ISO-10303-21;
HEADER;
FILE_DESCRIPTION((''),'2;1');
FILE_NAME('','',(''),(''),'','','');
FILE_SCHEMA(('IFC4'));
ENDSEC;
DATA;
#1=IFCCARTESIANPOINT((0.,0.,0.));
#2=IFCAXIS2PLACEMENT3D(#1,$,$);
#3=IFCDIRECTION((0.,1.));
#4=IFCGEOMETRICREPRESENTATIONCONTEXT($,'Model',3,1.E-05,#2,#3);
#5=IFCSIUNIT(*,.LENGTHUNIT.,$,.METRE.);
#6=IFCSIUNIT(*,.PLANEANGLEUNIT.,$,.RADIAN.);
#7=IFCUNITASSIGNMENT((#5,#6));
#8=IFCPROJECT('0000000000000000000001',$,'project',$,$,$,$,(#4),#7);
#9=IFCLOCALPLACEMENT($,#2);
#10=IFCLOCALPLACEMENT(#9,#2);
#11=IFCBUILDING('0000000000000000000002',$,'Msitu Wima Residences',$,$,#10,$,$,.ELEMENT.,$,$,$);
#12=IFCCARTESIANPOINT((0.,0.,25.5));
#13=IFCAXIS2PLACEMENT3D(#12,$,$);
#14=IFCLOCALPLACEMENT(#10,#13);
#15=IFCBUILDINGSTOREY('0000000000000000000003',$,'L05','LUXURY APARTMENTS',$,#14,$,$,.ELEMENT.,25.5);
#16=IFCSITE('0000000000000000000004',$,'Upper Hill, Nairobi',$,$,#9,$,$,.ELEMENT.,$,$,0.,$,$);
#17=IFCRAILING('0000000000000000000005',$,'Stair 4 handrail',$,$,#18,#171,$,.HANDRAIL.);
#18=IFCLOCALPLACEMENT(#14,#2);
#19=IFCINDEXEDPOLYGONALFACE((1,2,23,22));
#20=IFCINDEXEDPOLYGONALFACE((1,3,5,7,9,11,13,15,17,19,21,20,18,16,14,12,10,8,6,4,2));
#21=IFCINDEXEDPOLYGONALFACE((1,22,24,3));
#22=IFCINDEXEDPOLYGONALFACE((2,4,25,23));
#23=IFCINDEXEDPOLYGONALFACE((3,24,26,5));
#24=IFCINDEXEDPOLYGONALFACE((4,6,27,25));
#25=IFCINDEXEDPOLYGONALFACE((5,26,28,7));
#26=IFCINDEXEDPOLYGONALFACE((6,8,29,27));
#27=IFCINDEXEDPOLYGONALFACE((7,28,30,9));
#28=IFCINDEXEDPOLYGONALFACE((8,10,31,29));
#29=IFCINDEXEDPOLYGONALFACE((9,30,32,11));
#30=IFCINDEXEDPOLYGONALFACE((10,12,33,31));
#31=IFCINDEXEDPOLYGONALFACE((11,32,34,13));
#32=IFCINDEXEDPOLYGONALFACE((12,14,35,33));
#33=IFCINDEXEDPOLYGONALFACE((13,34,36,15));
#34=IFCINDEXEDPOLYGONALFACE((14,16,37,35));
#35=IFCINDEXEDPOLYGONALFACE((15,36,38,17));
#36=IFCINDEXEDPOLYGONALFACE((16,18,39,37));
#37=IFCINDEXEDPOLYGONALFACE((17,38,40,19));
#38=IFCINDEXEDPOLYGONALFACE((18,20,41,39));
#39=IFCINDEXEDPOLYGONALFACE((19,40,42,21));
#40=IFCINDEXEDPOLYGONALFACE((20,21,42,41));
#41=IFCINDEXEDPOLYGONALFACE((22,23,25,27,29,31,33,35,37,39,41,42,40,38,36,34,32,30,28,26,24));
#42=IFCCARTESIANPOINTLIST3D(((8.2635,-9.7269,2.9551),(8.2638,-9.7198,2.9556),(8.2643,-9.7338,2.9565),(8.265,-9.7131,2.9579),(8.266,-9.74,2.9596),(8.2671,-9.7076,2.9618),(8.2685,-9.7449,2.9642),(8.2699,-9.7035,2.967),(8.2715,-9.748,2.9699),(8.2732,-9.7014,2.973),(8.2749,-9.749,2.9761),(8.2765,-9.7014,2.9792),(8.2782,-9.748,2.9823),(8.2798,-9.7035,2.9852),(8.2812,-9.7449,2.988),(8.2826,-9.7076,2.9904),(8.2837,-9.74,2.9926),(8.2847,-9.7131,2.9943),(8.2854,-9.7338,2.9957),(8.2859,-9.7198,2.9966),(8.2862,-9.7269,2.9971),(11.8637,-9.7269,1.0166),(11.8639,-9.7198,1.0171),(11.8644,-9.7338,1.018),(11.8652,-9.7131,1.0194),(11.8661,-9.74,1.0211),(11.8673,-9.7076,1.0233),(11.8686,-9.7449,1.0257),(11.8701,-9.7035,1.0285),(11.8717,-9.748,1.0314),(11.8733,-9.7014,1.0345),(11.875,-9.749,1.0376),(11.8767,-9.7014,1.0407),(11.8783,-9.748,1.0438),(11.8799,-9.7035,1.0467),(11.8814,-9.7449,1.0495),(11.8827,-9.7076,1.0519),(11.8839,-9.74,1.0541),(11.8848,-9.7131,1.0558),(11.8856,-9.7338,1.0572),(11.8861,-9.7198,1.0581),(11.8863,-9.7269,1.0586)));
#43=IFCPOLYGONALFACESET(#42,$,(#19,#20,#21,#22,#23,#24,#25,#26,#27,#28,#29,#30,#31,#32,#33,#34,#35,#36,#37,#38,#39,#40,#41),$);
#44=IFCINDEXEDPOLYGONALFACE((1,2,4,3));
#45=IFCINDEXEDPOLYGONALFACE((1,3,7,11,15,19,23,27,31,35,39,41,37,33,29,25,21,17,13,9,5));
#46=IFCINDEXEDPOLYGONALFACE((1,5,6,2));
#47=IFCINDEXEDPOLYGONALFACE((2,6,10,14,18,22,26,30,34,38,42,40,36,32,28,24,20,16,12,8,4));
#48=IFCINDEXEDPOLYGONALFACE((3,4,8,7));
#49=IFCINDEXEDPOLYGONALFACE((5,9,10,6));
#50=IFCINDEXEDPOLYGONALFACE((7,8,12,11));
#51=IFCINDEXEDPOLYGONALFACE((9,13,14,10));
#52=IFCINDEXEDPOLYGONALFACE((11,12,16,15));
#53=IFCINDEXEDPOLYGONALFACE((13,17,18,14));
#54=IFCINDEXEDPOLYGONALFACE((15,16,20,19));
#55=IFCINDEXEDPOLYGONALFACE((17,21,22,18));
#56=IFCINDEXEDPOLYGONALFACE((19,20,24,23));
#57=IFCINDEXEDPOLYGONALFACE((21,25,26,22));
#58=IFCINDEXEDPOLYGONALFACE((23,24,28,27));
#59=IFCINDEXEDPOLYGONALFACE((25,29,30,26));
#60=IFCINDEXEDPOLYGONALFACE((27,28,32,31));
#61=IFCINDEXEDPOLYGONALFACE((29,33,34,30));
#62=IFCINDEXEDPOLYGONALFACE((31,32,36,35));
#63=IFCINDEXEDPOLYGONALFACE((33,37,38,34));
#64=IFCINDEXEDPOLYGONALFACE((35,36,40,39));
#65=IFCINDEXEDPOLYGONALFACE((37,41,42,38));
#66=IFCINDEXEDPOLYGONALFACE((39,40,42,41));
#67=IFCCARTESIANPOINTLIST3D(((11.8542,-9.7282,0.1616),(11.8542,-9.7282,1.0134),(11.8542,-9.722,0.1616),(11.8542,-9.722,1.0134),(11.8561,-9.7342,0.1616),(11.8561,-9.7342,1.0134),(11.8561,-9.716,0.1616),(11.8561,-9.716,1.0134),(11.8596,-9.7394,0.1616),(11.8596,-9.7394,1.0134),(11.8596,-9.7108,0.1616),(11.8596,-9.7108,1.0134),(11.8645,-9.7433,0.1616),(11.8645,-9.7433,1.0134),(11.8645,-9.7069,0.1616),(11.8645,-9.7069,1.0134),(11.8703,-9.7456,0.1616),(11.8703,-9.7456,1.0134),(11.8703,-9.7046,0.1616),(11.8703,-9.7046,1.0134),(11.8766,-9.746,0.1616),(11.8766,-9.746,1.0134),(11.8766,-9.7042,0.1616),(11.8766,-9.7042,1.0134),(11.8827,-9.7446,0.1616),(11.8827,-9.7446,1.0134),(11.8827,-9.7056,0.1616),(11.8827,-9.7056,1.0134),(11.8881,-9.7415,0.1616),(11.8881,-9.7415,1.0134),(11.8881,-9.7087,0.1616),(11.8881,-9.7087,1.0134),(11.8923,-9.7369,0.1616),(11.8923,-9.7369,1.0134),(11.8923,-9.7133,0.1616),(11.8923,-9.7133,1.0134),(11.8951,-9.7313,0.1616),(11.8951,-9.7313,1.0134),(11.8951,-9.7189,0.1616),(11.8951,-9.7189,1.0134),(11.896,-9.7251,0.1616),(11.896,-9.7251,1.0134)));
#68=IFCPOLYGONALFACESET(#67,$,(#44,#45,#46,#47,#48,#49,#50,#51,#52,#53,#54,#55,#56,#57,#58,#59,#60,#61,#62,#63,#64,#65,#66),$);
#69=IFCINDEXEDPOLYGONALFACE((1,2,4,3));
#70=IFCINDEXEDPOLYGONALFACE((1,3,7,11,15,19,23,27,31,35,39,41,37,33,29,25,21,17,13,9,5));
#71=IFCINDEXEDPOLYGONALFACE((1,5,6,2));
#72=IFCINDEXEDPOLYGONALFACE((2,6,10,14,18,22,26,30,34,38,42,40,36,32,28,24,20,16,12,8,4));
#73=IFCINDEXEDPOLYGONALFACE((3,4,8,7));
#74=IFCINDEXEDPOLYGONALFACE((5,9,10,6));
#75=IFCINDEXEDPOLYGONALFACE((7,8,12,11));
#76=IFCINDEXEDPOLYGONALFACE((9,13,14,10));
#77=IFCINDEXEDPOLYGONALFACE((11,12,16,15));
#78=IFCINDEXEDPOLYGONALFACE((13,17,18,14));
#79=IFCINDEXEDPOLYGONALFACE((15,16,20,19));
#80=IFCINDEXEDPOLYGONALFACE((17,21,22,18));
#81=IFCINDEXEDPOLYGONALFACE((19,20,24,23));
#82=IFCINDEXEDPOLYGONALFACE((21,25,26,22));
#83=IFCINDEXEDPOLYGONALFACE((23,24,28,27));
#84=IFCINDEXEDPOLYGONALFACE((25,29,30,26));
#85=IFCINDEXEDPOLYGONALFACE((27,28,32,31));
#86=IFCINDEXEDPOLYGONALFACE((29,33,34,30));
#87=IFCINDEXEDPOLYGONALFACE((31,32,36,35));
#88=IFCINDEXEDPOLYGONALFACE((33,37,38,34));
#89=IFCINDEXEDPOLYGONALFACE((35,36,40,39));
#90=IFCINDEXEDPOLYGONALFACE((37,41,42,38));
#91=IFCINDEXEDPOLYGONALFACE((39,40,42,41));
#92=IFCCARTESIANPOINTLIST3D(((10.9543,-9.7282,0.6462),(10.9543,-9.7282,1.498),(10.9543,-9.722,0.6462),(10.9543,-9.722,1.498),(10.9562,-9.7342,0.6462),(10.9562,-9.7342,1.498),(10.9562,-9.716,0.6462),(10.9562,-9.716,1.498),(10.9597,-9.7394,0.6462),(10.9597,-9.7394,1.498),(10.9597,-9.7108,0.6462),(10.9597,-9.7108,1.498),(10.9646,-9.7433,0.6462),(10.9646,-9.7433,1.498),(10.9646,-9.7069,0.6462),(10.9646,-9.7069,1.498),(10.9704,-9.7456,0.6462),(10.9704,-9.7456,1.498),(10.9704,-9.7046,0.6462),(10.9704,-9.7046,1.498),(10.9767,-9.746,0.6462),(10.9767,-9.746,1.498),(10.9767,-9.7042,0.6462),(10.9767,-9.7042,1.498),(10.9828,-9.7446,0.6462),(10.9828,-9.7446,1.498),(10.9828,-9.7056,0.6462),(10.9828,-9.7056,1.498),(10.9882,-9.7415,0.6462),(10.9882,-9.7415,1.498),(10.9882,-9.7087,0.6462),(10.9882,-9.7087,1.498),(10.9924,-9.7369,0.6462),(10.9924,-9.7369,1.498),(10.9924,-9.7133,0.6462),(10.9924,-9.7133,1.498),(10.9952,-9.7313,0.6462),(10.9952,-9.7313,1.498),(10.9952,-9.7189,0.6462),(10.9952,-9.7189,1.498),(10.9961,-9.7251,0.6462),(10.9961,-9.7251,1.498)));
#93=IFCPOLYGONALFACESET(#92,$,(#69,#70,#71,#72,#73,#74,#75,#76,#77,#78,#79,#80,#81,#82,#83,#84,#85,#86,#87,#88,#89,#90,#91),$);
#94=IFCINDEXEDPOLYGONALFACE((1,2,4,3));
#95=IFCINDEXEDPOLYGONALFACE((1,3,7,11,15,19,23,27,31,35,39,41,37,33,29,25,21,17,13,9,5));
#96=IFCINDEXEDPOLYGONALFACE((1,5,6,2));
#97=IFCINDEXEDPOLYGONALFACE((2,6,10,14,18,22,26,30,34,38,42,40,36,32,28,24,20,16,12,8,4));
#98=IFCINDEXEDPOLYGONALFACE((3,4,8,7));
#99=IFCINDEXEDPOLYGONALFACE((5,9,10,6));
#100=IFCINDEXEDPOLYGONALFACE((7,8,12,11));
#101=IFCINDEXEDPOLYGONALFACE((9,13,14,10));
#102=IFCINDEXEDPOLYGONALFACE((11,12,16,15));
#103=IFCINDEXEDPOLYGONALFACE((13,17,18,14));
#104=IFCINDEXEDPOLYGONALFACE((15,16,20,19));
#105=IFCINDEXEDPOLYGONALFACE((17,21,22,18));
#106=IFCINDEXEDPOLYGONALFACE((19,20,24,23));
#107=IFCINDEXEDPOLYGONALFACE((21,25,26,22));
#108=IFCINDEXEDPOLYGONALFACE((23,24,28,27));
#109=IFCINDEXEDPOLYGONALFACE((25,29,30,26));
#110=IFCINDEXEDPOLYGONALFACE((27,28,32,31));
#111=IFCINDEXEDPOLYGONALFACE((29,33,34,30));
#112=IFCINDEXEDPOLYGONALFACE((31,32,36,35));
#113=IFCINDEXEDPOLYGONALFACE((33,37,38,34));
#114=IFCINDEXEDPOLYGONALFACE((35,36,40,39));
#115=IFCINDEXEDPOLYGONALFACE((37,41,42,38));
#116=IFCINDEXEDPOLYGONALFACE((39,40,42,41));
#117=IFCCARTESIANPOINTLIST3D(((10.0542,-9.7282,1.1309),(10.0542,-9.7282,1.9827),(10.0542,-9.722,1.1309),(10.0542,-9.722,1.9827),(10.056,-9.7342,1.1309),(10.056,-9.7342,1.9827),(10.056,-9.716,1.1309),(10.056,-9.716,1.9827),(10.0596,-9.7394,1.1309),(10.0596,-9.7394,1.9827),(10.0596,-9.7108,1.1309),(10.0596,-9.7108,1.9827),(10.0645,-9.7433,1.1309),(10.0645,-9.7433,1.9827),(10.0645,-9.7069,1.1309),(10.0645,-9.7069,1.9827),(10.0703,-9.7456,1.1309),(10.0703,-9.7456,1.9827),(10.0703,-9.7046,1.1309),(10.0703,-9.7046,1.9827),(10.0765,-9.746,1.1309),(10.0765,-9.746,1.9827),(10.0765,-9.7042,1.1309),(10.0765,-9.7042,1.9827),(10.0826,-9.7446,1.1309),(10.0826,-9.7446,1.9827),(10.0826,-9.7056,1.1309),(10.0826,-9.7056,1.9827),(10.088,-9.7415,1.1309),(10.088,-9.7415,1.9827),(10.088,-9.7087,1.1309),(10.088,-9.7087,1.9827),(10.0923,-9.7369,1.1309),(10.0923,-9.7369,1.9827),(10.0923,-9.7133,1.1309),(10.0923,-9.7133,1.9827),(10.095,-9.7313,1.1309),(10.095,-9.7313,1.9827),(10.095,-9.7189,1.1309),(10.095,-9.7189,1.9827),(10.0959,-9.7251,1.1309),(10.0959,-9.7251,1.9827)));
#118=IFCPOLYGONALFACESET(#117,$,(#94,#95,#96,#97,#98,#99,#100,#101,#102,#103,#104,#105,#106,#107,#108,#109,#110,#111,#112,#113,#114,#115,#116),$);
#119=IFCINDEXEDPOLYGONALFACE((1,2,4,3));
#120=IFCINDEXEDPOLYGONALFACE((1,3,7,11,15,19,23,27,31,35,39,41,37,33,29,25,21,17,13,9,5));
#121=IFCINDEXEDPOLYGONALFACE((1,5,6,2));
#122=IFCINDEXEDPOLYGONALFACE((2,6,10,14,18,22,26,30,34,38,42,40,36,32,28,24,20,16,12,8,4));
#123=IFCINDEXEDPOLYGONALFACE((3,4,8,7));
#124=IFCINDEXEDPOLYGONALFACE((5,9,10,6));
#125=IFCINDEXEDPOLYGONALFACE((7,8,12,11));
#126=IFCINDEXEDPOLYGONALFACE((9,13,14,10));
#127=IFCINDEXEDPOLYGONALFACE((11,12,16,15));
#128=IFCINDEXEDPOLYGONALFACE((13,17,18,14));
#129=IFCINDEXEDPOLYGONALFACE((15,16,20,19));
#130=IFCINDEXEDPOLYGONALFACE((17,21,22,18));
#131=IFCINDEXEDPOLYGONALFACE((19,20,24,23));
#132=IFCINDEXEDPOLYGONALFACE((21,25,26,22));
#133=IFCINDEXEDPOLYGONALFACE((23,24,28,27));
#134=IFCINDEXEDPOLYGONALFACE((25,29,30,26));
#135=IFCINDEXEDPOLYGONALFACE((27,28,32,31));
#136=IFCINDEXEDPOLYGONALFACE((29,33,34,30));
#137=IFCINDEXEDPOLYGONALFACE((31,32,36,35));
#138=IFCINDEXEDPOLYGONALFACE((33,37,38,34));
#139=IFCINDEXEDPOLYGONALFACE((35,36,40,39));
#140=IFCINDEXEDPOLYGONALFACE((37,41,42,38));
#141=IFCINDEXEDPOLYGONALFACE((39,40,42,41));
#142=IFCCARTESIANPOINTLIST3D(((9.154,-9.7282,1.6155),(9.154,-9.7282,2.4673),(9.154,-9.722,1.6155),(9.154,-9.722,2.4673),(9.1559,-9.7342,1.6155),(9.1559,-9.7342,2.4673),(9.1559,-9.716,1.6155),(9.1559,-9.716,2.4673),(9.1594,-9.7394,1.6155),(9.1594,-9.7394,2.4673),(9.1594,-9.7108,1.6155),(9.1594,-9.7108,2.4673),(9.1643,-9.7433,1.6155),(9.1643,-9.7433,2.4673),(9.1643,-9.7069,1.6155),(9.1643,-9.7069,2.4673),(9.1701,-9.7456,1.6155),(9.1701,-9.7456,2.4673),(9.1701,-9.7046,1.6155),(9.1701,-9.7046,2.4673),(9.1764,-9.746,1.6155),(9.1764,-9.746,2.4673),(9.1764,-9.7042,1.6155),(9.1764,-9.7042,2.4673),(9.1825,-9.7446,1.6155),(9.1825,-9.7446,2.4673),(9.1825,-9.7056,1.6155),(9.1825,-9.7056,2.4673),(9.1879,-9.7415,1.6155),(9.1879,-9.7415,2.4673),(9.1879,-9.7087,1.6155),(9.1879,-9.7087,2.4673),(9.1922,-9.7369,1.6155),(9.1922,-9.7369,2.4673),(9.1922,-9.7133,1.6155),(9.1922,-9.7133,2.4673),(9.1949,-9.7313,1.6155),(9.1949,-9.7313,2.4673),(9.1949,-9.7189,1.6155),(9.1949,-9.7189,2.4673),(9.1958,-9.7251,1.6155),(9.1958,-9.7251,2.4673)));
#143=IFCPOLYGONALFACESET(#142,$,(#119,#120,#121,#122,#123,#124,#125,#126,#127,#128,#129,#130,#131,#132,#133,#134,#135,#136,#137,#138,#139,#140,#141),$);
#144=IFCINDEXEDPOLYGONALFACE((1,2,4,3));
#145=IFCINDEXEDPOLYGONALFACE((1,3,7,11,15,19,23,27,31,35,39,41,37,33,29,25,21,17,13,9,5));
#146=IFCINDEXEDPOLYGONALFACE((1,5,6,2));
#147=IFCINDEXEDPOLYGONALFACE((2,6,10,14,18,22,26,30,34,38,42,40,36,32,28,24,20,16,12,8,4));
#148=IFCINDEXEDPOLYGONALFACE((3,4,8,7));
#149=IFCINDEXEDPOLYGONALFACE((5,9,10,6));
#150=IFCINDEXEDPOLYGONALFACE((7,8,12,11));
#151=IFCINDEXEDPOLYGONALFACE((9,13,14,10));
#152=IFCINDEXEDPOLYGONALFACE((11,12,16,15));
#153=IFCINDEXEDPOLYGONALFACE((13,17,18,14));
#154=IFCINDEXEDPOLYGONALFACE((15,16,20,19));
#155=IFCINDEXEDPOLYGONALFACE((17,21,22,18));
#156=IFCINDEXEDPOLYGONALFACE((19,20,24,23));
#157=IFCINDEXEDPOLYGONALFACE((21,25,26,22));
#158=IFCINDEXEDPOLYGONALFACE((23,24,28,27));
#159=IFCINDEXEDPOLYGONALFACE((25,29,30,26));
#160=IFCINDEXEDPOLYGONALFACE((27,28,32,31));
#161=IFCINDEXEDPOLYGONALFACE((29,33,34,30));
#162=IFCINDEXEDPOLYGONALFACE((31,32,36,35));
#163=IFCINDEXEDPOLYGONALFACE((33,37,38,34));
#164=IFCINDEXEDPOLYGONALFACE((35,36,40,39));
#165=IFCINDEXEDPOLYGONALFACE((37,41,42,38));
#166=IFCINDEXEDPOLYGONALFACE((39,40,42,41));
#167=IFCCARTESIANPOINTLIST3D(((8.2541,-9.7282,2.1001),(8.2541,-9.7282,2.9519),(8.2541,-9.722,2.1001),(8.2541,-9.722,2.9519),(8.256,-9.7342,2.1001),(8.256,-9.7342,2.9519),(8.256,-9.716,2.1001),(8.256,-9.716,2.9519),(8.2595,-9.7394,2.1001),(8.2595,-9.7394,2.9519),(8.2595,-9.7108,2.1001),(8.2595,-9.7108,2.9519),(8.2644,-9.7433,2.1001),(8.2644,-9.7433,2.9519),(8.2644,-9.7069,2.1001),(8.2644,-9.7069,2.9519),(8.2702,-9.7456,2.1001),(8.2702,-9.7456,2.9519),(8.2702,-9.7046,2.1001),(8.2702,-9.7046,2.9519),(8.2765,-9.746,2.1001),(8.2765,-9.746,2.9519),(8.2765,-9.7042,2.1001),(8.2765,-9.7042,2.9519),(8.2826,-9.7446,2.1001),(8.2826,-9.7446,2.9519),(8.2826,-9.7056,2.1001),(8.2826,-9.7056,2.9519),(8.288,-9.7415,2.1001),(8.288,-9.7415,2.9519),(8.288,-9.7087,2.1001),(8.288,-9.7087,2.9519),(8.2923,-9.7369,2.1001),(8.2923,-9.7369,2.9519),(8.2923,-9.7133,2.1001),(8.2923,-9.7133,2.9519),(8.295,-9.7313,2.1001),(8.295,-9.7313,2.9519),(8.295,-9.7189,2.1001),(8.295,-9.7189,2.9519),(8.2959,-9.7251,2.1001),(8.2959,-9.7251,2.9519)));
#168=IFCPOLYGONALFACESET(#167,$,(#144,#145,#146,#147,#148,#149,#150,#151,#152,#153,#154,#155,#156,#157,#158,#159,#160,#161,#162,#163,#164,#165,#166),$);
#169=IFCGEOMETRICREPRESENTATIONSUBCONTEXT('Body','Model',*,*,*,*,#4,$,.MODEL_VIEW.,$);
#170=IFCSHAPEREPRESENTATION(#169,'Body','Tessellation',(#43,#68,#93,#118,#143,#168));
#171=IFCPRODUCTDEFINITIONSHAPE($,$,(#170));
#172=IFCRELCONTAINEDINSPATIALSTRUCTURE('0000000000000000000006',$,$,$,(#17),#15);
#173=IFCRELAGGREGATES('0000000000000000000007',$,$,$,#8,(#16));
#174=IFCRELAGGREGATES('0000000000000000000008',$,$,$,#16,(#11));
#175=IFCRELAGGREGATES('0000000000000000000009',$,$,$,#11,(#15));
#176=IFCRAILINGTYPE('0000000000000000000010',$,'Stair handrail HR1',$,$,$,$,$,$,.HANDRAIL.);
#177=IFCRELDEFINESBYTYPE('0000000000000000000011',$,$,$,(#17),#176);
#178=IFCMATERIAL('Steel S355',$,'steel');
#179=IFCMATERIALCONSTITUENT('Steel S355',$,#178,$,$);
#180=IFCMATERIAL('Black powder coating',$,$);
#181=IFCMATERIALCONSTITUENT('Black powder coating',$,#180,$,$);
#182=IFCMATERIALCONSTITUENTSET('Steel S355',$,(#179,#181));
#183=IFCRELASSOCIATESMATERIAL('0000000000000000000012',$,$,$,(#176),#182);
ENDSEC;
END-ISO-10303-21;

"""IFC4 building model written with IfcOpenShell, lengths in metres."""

from ifc_helpers import new_model, si_unit, direction, frame, origin, origin_2d, place, context, subcontext, project, spatial, circle, extrude, material, constituent, constituent_set, type_object, element, save


model = new_model("IFC4")

# Units and contexts
model_context = context("Model", 3, precision=1e-05, world=origin(), true_north=direction((0.0, 1.0)))
body_context = subcontext(model_context, "Body", "Model", "MODEL_VIEW")
ifc_project = project(units=[si_unit("LENGTHUNIT", "METRE"), si_unit("PLANEANGLEUNIT", "RADIAN")], contexts=[model_context])

# Site, building, storey
site_placement = place(None, origin())
site = spatial("IfcSite", under=ifc_project, at=site_placement, Name="Upper Hill, Nairobi", CompositionType="ELEMENT", RefElevation=0.0)
building_placement = place(site_placement, origin())
building = spatial("IfcBuilding", under=site, at=building_placement, Name="Msitu Wima Residences", CompositionType="ELEMENT")
storey_placement = place(building_placement, frame((0.0, 0.0, 25.5)))
storey = spatial("IfcBuildingStorey", under=building, at=storey_placement, Name="L05", Description="LUXURY APARTMENTS", CompositionType="ELEMENT", Elevation=25.5)

# Railing
ifc_material_1 = material(Name="Steel S355", Category="steel")
ifc_constituent_1 = constituent(ifc_material_1, Name="Steel S355")
ifc_material_2 = material(Name="Black powder coating")
ifc_constituent_2 = constituent(ifc_material_2, Name="Black powder coating")
ifc_constituent_set = constituent_set(constituents=[ifc_constituent_1, ifc_constituent_2], Name="Steel S355")
railing_type = type_object("IfcRailingType", Name="Stair handrail HR1", PredefinedType="HANDRAIL", material=ifc_constituent_set)
for number, where, name in (
    (1, (11.875, -9.7251, 0.1616), "Stair 4 handrail"),
):
    element("IfcRailing", number, at=place(storey_placement, frame(where)), inside=storey, type_object=railing_type, Name=name, PredefinedType="HANDRAIL", context=body_context, shape_type="SweptSolid", body=[
        extrude(circle(Radius=0.0239, at=origin_2d()), frame((0.0, 0.0, 0.876), z_axis=(-0.880475, 0.0, 0.474093), x_axis=(0.0, -1.0, 0.0)), (0.0, 0.0, 1.0), 4.0889),
        extrude(circle(Radius=0.021, at=origin_2d()), origin(), (0.0, 0.0, 1.0), 0.8518),
        extrude(circle(Radius=0.021, at=origin_2d()), frame((-0.8999, 0.0, 0.4846)), (0.0, 0.0, 1.0), 0.8518),
        extrude(circle(Radius=0.021, at=origin_2d()), frame((-1.8, 0.0, 0.9692)), (0.0, 0.0, 1.0), 0.8518),
        extrude(circle(Radius=0.021, at=origin_2d()), frame((-2.7002, 0.0, 1.4539)), (0.0, 0.0, 1.0), 0.8518),
        extrude(circle(Radius=0.021, at=origin_2d()), frame((-3.6001, 0.0, 1.9385)), (0.0, 0.0, 1.0), 0.8518),
    ])

save(model, "model.ifc")
